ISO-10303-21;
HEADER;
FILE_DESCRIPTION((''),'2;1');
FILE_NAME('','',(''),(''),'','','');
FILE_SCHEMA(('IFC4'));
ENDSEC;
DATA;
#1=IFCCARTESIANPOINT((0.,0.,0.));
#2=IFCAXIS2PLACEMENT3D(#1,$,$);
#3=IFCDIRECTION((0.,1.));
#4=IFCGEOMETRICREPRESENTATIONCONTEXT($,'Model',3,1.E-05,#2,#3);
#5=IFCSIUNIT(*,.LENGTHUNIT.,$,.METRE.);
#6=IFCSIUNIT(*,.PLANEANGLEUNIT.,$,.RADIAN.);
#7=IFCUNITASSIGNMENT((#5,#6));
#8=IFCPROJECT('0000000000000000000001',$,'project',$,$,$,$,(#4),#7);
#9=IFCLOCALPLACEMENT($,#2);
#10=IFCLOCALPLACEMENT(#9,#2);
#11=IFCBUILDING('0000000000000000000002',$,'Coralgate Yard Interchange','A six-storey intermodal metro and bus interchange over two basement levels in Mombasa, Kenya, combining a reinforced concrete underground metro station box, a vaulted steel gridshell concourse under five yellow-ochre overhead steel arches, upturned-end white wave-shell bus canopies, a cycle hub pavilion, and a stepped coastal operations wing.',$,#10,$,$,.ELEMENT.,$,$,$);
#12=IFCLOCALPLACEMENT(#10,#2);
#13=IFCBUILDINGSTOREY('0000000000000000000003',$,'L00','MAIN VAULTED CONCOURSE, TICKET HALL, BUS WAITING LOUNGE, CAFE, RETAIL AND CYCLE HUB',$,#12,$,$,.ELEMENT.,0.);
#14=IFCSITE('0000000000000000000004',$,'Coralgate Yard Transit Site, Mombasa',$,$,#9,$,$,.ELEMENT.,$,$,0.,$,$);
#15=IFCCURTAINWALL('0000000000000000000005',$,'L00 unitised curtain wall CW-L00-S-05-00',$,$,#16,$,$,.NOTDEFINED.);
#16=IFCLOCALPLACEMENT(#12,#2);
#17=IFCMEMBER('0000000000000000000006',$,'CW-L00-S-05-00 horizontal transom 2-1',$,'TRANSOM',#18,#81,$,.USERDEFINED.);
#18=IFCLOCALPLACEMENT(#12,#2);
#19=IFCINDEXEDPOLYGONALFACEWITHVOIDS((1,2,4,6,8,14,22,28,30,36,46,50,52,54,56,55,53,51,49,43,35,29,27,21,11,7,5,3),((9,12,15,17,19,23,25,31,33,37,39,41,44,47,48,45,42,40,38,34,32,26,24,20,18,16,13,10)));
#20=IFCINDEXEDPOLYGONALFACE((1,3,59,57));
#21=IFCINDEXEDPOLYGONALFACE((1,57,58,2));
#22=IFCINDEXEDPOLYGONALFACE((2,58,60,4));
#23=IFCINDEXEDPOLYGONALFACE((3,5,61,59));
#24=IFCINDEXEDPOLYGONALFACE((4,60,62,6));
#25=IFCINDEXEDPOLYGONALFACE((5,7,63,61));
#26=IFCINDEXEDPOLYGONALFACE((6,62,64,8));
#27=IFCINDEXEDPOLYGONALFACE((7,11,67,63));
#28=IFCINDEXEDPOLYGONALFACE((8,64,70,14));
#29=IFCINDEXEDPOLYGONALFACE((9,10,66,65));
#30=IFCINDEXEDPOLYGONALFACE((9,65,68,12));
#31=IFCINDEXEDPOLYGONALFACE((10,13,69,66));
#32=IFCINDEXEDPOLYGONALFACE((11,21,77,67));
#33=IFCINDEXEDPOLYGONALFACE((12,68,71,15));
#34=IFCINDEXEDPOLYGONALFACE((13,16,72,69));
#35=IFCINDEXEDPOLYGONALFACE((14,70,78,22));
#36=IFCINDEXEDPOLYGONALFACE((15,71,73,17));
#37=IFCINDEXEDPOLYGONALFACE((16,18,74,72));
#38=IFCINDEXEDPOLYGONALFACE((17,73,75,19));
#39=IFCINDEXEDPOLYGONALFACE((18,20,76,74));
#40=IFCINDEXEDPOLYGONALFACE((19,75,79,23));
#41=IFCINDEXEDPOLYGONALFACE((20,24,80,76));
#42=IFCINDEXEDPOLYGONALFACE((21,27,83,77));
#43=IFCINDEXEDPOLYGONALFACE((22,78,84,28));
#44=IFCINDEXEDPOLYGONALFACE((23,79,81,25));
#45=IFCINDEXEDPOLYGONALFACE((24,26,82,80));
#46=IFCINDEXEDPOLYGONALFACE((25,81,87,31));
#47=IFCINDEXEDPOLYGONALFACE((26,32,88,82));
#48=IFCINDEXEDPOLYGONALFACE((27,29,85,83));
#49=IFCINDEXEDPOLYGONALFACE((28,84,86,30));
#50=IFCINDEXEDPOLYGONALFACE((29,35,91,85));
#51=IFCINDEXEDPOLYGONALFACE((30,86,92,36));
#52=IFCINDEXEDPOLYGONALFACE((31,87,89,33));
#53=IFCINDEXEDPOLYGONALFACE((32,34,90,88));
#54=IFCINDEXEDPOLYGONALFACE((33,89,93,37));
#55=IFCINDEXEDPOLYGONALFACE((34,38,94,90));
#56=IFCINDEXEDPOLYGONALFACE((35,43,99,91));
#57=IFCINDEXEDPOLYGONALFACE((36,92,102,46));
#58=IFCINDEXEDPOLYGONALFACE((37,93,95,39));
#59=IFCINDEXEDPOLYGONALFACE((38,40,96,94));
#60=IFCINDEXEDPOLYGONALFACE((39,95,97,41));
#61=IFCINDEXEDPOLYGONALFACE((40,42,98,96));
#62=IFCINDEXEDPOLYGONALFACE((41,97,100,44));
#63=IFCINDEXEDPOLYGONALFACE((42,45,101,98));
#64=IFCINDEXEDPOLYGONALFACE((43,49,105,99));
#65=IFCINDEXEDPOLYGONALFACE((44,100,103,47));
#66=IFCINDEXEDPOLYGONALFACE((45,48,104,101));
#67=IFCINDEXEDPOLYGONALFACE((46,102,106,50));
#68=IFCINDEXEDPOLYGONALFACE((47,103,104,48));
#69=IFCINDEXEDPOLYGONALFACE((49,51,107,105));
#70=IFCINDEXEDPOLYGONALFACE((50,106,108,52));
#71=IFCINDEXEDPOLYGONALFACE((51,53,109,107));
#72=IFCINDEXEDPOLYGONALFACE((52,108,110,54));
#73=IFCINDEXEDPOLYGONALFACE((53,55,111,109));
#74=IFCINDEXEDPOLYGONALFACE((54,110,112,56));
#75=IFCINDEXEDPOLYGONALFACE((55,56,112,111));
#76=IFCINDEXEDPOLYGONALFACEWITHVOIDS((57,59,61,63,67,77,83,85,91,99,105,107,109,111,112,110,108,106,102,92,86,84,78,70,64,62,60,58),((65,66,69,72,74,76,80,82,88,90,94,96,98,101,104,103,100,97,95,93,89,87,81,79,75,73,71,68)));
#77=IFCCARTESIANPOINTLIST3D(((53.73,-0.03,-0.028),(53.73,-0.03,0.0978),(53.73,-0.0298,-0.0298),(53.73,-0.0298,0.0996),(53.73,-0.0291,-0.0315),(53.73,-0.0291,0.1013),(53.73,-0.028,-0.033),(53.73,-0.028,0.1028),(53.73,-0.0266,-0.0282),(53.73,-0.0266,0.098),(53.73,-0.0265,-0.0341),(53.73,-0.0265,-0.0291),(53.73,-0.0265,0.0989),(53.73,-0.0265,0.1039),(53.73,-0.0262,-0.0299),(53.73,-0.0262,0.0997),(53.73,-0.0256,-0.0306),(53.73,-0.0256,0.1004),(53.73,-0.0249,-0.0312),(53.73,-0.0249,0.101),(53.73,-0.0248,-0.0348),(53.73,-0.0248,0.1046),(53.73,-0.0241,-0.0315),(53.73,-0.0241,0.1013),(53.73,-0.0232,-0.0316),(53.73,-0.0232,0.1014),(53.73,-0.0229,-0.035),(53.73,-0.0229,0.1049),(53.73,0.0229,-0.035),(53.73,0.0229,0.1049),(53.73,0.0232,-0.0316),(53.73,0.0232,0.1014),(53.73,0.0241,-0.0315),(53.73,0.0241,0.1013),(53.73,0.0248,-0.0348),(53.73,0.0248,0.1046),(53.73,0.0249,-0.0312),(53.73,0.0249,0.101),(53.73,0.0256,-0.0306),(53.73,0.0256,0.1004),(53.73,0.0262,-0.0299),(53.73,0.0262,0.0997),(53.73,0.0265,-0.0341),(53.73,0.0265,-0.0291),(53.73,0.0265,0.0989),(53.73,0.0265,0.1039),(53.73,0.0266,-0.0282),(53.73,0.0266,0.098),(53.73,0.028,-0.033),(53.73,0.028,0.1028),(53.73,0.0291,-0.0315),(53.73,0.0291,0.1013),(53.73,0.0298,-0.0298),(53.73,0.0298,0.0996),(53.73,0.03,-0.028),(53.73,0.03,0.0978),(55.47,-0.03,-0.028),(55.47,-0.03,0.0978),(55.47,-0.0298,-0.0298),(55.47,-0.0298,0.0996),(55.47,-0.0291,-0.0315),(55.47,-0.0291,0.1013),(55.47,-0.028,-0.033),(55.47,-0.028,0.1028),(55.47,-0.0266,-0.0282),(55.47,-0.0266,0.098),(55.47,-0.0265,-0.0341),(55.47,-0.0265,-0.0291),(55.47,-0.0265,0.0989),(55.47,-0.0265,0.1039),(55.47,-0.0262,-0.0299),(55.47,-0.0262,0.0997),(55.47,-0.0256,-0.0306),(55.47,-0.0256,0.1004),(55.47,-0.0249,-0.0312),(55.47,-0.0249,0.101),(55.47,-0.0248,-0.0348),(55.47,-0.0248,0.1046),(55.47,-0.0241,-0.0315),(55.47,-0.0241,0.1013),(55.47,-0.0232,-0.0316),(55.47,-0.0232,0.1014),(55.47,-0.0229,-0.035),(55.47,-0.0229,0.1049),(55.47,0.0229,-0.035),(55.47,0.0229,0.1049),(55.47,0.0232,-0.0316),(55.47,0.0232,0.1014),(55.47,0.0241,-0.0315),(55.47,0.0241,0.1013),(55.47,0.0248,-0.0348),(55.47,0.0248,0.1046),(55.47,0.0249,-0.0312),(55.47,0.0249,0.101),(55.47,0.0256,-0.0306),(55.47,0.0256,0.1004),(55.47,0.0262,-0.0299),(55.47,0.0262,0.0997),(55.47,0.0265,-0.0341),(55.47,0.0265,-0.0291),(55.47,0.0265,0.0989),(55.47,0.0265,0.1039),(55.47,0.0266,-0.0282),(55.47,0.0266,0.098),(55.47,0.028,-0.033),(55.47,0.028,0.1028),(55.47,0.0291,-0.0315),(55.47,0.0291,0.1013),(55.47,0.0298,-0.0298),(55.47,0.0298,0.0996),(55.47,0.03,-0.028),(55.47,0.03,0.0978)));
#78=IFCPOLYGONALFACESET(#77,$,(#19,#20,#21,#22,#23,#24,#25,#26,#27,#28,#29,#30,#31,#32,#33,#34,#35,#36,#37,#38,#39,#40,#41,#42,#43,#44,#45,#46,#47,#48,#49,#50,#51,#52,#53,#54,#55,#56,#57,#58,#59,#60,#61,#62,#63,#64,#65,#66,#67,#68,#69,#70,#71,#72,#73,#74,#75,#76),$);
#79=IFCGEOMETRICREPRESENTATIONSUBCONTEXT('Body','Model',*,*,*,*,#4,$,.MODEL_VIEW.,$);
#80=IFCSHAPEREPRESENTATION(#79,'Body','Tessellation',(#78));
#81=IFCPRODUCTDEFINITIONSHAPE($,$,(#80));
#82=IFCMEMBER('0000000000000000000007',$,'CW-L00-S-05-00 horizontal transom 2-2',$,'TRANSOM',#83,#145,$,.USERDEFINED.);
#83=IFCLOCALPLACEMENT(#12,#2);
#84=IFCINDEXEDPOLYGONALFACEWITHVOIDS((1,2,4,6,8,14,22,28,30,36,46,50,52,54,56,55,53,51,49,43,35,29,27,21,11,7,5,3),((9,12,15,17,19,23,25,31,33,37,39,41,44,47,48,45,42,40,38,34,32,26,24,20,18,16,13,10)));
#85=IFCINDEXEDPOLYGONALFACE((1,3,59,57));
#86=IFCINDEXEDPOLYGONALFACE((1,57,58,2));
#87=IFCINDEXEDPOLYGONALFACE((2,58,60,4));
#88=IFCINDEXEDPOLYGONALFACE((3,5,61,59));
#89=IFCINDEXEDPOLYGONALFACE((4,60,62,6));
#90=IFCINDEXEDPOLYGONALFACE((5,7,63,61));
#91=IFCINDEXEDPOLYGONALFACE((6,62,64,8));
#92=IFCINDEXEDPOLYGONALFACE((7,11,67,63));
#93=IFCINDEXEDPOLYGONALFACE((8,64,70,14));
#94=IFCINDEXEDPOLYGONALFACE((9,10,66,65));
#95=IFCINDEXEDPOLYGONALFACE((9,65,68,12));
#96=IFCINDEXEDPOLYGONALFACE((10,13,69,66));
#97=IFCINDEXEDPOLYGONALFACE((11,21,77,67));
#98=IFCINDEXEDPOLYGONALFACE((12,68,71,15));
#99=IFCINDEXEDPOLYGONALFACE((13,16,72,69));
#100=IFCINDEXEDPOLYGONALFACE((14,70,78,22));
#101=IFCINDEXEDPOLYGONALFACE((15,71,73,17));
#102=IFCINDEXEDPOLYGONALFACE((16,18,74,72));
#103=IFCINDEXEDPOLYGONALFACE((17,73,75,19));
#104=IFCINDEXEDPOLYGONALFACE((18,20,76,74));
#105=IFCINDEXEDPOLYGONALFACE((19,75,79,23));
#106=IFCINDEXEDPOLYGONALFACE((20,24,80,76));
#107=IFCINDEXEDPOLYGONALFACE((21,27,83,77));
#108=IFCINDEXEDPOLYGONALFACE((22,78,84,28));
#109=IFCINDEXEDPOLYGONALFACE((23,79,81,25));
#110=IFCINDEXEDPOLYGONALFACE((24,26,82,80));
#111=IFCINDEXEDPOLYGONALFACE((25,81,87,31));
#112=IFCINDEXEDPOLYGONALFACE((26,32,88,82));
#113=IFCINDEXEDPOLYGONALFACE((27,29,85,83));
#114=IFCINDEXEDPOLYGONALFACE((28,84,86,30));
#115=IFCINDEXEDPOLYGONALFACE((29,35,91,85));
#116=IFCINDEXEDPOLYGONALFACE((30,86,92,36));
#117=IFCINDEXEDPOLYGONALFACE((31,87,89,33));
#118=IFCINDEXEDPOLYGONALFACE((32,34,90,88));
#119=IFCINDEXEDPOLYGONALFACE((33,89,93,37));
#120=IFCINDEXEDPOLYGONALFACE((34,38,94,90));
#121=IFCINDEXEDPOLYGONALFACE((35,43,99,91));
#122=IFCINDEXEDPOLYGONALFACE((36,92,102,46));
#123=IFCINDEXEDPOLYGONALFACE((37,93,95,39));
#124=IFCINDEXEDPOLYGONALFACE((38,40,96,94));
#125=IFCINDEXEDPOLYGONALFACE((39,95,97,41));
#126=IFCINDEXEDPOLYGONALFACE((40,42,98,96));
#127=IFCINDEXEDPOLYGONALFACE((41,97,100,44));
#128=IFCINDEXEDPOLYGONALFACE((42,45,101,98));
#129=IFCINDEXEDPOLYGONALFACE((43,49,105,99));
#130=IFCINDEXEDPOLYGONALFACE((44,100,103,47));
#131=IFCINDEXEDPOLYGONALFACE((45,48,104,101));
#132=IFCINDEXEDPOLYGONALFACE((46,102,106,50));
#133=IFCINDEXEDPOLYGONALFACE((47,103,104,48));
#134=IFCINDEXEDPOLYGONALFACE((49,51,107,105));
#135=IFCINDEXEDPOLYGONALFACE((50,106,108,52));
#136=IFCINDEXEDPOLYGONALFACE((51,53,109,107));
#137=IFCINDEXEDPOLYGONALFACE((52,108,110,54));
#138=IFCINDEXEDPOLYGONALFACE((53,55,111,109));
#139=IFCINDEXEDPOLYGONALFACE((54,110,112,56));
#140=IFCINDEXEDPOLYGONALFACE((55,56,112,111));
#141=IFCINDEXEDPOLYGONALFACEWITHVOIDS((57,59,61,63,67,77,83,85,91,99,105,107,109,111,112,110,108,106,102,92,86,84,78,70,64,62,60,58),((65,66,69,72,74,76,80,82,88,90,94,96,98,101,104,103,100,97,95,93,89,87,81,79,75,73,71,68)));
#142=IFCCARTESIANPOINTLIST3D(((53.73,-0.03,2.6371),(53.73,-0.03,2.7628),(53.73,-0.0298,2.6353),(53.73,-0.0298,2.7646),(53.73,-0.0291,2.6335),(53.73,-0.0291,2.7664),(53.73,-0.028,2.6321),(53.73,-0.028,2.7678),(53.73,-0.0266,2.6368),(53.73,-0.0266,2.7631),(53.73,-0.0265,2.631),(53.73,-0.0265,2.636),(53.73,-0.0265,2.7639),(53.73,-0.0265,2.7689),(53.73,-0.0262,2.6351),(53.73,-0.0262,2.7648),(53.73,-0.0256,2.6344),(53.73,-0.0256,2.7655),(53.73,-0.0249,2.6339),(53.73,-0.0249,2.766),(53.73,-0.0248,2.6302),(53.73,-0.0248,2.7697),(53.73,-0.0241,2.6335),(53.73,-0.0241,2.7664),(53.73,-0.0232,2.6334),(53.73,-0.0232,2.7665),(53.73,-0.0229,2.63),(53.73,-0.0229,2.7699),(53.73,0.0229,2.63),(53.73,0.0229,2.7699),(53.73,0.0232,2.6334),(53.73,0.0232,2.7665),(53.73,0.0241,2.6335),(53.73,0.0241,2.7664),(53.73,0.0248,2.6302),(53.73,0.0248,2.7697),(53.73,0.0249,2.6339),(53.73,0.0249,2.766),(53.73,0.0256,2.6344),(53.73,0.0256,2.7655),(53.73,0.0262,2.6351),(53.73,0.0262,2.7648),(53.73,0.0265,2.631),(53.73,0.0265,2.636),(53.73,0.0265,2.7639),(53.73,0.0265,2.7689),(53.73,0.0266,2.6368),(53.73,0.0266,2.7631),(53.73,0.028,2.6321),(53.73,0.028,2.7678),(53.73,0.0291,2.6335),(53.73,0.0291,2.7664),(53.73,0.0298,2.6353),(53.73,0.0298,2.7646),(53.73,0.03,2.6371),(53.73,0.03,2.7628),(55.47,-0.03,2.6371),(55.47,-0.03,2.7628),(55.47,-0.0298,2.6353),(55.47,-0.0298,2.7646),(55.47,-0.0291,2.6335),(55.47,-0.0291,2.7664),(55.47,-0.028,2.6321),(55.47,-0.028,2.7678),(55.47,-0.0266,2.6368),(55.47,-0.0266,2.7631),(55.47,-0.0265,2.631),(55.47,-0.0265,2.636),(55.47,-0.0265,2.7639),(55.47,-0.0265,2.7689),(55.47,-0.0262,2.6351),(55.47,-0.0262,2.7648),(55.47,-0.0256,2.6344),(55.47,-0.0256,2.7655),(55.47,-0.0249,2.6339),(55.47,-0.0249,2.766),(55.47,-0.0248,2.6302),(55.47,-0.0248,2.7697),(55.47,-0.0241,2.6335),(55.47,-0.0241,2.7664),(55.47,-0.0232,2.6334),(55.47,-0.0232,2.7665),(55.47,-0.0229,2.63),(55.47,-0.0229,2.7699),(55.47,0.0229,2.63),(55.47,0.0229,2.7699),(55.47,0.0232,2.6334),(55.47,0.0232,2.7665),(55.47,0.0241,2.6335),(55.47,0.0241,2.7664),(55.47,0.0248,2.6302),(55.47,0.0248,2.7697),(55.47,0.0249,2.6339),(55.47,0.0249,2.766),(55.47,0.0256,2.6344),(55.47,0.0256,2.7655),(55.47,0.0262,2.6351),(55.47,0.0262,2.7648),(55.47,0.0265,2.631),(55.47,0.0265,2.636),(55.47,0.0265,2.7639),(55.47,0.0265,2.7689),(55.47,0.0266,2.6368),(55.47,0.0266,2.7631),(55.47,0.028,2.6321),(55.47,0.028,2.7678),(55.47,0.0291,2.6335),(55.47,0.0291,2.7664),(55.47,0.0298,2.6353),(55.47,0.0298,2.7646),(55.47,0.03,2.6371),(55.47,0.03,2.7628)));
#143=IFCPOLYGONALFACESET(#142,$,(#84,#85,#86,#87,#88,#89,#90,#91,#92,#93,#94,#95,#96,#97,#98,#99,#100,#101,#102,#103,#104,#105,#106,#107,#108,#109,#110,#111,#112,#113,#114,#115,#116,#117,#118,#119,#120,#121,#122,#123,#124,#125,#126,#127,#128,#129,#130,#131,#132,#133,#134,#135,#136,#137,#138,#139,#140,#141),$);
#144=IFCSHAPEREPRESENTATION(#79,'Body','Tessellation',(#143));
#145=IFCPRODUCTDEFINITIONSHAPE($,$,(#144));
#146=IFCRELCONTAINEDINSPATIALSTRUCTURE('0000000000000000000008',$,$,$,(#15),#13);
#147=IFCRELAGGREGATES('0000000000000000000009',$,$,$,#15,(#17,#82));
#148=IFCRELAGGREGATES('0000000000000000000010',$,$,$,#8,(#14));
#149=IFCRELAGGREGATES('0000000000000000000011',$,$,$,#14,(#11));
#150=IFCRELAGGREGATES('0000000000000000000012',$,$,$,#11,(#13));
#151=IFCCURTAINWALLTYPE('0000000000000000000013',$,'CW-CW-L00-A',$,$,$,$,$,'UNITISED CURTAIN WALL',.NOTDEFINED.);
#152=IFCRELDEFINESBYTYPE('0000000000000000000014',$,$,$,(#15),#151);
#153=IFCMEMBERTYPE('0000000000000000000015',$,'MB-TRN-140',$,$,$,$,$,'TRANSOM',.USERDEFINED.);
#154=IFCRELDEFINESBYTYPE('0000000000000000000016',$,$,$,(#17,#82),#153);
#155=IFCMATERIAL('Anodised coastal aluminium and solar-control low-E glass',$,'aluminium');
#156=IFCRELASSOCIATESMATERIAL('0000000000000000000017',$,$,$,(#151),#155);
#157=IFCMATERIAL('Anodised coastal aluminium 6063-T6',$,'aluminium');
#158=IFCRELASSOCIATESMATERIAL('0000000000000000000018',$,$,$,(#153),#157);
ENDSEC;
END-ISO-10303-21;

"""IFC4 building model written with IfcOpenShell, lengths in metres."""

from ifc_helpers import new_model, si_unit, direction, frame, origin, origin_2d, place, context, subcontext, project, spatial, hollow_rectangle, extrude, material, material_profile, profile_set, type_object, element, aggregate, save


model = new_model("IFC4")

# Units and contexts
model_context = context("Model", 3, precision=1e-05, world=origin(), true_north=direction((0.0, 1.0)))
body_context = subcontext(model_context, "Body", "Model", "MODEL_VIEW")
ifc_project = project(units=[si_unit("LENGTHUNIT", "METRE"), si_unit("PLANEANGLEUNIT", "RADIAN")], contexts=[model_context])

# Site, building, storey
site_placement = place(None, origin())
site = spatial("IfcSite", under=ifc_project, at=site_placement, Name="Coralgate Yard Transit Site, Mombasa", CompositionType="ELEMENT", RefElevation=0.0)
building_placement = place(site_placement, origin())
building = spatial("IfcBuilding", under=site, at=building_placement, Name="Coralgate Yard Interchange", Description="A six-storey intermodal metro and bus interchange over two basement levels in Mombasa, Kenya, combining a reinforced concrete underground metro station box, a vaulted steel gridshell concourse under five yellow-ochre overhead steel arches, upturned-end white wave-shell bus canopies, a cycle hub pavilion, and a stepped coastal operations wing.", CompositionType="ELEMENT")
storey_placement = place(building_placement, origin())
storey = spatial("IfcBuildingStorey", under=building, at=storey_placement, Name="L00", Description="MAIN VAULTED CONCOURSE, TICKET HALL, BUS WAITING LOUNGE, CAFE, RETAIL AND CYCLE HUB", CompositionType="ELEMENT", Elevation=0.0)

# Curtain wall, members
ifc_material_1 = material(Name="Anodised coastal aluminium and solar-control low-E glass", Category="aluminium")
curtain_wall_type = type_object("IfcCurtainWallType", Name="CW-CW-L00-A", ElementType="UNITISED CURTAIN WALL", PredefinedType="NOTDEFINED", material=ifc_material_1)
curtain_wall_placement = place(storey_placement, origin())
curtain_wall = element("IfcCurtainWall", 1, at=curtain_wall_placement, inside=storey, type_object=curtain_wall_type, Name="L00 unitised curtain wall CW-L00-S-05-00", PredefinedType="NOTDEFINED")
ifc_material_2 = material(Name="Anodised coastal aluminium 6063-T6", Category="aluminium")
ifc_material_profile_1 = material_profile(ifc_material_2, hollow_rectangle(XDim=0.0601, YDim=0.1399, WallThickness=0.0034, InnerFilletRadius=0.0034, OuterFilletRadius=0.0071, at=origin_2d()), Name="ALU 60x140x3.5")
ifc_profile_set_1 = profile_set([ifc_material_profile_1], Name="Anodised coastal aluminium 6063-T6")
member_type_1 = type_object("IfcMemberType", Name="MB-TRN-140", ElementType="TRANSOM", PredefinedType="USERDEFINED", material=ifc_profile_set_1)
member_1_placement = place(storey_placement, frame((55.47, 0.0, 0.0349), z_axis=(-1.0, 0.0, 0.0), x_axis=(0.0, -1.0, 0.0)))
member_1 = element("IfcMember", 2, at=member_1_placement, type_object=member_type_1, Name="CW-L00-S-05-00 horizontal transom 2-1", ObjectType="TRANSOM", PredefinedType="USERDEFINED", context=body_context, shape_type="SweptSolid", body=[
    extrude(hollow_rectangle(XDim=0.0601, YDim=0.1399, WallThickness=0.0034, InnerFilletRadius=0.0034, OuterFilletRadius=0.0071, at=origin_2d()), origin(), (0.0, 0.0, 1.0), 1.74),
])
member_2_placement = place(storey_placement, frame((55.47, 0.0, 2.7), z_axis=(-1.0, 0.0, 0.0), x_axis=(0.0, -1.0, 0.0)))
member_2 = element("IfcMember", 3, at=member_2_placement, type_object=member_type_1, Name="CW-L00-S-05-00 horizontal transom 2-2", ObjectType="TRANSOM", PredefinedType="USERDEFINED", context=body_context, shape_type="SweptSolid", body=[
    extrude(hollow_rectangle(XDim=0.0601, YDim=0.1399, WallThickness=0.0034, InnerFilletRadius=0.0034, OuterFilletRadius=0.0071, at=origin_2d()), origin(), (0.0, 0.0, 1.0), 1.74),
])
aggregate(curtain_wall, [member_1, member_2])

save(model, "model.ifc")
